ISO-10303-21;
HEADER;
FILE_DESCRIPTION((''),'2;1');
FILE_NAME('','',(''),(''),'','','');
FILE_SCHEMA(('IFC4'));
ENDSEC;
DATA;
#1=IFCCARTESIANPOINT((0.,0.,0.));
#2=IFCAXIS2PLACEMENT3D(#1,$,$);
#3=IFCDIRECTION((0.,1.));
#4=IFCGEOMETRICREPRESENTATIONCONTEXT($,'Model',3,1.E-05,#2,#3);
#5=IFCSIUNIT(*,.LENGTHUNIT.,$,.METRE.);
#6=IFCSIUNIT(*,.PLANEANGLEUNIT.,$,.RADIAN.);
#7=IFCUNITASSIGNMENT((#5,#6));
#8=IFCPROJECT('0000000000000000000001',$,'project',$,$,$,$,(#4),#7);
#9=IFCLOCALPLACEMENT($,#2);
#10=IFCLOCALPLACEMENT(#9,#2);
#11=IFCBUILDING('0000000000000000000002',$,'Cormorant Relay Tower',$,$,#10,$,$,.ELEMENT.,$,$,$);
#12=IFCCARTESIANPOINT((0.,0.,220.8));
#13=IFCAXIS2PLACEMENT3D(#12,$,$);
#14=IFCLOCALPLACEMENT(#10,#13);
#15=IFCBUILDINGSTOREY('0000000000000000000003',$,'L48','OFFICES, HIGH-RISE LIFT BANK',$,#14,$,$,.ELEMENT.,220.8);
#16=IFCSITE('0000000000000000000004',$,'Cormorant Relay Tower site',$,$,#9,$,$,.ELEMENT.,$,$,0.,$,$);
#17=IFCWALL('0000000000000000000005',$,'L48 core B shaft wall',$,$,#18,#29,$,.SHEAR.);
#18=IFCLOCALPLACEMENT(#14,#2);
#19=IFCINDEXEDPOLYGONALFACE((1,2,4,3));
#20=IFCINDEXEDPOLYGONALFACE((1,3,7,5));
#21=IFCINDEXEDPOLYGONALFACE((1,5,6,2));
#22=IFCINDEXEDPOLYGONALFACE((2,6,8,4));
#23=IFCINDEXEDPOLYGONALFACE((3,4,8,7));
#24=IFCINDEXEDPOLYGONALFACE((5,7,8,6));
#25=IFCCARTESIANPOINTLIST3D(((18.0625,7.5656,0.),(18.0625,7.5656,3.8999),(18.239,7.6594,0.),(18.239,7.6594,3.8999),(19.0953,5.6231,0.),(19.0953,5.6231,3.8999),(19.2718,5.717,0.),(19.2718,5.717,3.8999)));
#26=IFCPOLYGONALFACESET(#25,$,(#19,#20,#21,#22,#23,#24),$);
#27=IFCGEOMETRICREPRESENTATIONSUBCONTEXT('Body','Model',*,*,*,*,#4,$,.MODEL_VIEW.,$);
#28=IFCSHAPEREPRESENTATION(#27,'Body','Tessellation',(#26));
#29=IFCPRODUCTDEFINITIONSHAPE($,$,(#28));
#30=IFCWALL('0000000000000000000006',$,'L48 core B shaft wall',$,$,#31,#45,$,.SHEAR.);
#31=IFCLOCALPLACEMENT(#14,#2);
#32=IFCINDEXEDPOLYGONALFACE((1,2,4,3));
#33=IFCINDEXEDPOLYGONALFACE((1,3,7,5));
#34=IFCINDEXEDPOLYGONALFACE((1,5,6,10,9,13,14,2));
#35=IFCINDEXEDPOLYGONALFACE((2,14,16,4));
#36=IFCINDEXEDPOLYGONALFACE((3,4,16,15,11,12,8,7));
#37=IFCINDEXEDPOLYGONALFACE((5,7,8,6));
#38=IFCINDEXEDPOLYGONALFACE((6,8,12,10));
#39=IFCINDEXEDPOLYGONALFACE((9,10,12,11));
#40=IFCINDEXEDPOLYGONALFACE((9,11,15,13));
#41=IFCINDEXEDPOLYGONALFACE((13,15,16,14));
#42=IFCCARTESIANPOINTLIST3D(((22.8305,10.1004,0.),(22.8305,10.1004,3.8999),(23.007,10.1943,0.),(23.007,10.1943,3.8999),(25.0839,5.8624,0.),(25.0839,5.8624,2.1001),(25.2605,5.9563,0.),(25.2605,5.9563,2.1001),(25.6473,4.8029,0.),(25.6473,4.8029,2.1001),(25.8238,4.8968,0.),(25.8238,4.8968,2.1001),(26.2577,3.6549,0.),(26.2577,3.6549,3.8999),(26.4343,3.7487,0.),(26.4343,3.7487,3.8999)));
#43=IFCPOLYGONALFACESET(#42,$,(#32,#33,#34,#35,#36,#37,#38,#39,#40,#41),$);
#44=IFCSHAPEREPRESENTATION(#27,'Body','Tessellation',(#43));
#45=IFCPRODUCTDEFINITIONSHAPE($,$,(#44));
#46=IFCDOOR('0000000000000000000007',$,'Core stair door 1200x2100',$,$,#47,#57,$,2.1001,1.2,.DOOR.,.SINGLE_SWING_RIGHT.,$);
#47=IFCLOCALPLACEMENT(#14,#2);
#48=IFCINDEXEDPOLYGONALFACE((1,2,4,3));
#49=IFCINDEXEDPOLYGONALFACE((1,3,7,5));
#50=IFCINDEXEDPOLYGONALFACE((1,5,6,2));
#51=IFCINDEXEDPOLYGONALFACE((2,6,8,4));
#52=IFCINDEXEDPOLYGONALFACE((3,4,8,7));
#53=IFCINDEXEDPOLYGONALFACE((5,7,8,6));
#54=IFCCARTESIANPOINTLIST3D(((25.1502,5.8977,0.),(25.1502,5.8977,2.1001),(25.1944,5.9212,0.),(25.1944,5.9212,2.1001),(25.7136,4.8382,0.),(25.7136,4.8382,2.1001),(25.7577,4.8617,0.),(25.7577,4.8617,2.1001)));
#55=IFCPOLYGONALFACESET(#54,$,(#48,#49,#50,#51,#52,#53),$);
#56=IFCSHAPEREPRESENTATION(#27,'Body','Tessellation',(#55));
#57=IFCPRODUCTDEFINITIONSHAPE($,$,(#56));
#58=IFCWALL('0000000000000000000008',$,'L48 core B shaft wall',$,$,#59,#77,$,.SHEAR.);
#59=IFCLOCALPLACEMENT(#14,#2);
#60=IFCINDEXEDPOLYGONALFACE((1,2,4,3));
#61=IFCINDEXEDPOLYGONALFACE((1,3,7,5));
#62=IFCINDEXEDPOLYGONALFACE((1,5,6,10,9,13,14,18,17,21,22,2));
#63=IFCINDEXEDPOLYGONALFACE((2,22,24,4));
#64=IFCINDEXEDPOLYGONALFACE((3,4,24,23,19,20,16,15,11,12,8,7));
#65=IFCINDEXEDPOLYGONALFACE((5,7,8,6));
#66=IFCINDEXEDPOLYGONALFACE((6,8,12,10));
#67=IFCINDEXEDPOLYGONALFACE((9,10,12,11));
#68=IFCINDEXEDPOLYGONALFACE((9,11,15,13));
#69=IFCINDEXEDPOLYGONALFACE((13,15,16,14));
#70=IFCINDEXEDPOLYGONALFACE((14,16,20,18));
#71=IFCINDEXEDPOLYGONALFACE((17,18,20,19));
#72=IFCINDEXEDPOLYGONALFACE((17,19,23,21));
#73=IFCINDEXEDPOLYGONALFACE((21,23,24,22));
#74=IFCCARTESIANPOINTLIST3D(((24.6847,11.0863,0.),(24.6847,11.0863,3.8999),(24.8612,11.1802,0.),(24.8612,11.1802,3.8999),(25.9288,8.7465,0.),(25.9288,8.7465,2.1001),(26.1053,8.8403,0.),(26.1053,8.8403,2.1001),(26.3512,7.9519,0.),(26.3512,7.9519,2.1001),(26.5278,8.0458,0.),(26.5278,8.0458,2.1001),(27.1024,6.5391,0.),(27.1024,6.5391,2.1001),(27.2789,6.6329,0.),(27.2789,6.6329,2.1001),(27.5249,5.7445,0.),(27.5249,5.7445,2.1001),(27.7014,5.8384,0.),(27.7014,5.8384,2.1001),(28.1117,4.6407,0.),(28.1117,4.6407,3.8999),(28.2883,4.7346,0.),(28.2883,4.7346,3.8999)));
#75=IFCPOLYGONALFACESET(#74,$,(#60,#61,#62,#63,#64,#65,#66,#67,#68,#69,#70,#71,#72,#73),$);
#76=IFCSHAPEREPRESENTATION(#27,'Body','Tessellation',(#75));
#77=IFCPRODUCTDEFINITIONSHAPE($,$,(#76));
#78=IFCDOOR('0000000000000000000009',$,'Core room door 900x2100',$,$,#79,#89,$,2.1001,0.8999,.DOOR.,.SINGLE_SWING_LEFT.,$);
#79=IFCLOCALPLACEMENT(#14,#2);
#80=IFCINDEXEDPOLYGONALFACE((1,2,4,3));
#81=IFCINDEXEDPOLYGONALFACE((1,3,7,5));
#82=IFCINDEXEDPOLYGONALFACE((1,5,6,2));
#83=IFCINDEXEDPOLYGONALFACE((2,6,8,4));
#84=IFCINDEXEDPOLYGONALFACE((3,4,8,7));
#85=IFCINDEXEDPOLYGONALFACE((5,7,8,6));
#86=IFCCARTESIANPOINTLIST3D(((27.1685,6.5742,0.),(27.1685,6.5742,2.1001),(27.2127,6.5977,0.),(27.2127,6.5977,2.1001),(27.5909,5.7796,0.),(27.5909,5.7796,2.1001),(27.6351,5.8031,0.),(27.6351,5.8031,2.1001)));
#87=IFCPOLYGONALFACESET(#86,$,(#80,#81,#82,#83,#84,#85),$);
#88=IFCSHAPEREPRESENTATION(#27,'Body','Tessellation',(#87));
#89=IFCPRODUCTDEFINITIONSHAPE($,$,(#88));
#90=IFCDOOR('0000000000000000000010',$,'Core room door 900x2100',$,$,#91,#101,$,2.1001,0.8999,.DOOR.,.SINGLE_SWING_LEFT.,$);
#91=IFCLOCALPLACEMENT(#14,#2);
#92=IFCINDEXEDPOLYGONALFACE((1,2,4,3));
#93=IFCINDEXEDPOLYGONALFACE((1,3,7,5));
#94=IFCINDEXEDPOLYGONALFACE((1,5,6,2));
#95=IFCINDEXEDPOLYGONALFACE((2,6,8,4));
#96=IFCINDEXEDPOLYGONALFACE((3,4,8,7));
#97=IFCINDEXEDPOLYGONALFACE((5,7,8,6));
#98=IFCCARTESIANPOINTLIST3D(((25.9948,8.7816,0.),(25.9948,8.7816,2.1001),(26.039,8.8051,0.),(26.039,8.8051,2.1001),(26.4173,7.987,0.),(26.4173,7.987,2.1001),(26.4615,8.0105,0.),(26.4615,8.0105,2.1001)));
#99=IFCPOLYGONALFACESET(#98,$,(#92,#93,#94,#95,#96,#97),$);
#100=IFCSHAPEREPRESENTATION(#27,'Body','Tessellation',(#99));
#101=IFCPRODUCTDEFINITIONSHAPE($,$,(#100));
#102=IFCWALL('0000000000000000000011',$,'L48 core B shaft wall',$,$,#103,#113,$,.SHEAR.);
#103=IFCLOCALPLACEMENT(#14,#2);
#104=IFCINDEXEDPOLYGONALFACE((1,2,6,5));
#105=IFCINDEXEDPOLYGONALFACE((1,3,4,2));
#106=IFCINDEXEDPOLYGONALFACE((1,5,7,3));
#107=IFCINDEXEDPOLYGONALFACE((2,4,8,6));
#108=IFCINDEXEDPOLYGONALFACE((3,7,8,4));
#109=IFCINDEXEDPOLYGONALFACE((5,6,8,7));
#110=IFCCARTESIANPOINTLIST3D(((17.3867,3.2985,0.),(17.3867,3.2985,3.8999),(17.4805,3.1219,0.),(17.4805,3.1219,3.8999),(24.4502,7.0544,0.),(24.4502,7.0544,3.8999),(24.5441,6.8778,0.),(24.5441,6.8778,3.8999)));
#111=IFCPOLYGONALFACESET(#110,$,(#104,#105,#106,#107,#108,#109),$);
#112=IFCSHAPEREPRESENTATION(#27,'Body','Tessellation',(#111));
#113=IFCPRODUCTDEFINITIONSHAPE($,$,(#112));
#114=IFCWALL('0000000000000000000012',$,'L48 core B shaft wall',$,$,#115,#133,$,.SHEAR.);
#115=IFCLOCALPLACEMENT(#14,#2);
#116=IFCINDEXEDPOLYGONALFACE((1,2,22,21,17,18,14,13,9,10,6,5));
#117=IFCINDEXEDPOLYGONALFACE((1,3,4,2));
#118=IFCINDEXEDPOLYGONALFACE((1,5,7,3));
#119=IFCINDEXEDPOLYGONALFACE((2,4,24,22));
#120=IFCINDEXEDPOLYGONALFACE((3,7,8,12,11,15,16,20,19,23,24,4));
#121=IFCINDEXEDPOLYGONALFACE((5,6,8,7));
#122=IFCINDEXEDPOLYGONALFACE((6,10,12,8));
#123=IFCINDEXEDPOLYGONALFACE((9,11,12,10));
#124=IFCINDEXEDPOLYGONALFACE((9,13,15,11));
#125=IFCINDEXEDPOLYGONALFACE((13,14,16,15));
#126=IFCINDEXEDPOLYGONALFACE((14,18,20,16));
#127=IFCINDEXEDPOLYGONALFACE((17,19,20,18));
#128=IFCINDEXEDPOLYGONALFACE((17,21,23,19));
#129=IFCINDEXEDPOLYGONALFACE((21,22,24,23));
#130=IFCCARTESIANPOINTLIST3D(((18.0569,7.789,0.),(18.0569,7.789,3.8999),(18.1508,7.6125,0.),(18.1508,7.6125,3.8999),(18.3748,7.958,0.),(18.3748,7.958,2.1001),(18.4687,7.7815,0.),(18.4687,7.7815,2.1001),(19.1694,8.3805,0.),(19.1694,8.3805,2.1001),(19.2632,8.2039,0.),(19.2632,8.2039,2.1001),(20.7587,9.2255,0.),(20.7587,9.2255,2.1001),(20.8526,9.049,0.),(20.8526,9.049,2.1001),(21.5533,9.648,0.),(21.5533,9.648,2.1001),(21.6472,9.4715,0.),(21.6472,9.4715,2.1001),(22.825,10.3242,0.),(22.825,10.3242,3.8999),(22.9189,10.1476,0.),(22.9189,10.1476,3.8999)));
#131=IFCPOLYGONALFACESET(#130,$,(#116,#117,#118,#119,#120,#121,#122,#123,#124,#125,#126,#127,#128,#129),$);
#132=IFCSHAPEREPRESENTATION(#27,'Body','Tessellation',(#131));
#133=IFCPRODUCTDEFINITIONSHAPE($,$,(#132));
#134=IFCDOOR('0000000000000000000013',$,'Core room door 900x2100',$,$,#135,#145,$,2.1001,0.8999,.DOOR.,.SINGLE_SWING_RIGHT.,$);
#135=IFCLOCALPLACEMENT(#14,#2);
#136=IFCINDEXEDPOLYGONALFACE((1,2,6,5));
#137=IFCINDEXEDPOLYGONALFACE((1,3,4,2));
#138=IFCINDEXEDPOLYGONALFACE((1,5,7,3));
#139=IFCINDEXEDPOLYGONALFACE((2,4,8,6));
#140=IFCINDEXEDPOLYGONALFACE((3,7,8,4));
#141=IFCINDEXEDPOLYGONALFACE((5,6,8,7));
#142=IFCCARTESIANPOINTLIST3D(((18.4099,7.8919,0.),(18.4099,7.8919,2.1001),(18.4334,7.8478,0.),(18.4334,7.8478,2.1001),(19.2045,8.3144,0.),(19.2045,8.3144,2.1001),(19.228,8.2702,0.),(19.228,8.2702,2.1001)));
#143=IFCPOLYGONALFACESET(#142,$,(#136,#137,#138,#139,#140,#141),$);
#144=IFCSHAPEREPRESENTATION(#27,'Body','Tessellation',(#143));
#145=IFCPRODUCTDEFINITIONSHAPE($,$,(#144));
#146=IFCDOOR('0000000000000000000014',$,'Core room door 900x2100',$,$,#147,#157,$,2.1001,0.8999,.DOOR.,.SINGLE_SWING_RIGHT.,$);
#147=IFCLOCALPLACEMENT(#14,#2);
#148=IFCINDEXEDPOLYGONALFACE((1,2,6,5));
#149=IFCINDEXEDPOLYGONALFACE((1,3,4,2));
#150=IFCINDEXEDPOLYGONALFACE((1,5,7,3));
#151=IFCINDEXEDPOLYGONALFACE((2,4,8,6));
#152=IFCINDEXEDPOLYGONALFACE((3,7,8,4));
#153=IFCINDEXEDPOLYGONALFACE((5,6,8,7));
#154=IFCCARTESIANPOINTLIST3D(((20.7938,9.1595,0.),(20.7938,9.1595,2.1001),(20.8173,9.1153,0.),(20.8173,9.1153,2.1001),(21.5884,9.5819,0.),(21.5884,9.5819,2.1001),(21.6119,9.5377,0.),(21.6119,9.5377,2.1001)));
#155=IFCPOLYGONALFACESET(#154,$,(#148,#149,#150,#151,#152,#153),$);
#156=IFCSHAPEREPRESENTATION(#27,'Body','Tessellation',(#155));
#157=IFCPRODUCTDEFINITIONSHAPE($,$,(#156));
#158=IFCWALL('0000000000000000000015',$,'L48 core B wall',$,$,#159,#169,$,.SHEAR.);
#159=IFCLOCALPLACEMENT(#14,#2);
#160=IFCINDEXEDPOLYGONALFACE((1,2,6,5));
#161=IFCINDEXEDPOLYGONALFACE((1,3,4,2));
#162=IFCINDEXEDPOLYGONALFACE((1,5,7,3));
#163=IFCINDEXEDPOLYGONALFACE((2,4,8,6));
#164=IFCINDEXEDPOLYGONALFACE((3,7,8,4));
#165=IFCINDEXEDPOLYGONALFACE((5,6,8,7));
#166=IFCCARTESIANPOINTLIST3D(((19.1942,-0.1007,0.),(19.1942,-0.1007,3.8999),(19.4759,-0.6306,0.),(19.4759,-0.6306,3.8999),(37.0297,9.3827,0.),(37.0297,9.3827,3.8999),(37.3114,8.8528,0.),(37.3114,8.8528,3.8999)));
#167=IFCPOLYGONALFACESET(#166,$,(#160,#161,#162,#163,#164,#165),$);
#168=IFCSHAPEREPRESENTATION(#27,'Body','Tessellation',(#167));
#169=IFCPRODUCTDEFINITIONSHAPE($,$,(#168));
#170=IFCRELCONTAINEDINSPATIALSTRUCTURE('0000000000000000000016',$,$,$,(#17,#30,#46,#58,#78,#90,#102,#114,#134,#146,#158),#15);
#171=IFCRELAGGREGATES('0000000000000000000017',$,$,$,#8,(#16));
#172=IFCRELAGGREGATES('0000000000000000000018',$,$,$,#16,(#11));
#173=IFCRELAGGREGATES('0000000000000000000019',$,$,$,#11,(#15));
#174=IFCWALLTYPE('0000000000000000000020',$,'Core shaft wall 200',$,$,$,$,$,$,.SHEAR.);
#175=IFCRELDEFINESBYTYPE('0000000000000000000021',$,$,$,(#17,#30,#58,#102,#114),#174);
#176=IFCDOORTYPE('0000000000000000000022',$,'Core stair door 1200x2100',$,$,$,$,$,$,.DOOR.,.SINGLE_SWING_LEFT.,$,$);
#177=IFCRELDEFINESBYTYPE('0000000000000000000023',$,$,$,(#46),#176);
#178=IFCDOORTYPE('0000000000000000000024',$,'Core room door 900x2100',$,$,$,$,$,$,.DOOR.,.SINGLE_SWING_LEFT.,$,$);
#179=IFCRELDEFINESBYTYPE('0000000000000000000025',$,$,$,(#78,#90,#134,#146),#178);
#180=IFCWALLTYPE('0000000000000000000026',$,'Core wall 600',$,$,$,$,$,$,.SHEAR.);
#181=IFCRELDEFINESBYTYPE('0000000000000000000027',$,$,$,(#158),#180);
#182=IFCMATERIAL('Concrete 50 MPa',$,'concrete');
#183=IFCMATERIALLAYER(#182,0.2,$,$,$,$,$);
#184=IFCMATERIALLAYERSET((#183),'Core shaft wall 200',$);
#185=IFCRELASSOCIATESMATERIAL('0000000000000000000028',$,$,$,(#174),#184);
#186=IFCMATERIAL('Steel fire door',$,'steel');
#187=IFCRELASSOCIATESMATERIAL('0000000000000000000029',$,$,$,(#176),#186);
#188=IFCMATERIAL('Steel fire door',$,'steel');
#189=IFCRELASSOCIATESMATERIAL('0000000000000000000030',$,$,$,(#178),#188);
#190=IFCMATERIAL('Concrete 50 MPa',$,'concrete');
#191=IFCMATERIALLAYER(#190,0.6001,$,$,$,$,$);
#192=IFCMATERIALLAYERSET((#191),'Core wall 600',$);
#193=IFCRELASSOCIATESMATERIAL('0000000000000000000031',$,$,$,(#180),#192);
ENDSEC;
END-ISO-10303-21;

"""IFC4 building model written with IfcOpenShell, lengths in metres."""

from ifc_helpers import new_model, si_unit, direction, frame, frame_2d, origin, place, context, subcontext, project, spatial, rectangle, extrude, material, layer, layer_set, type_object, element, fill, save


model = new_model("IFC4")

# Units and contexts
model_context = context("Model", 3, precision=1e-05, world=origin(), true_north=direction((0.0, 1.0)))
body_context = subcontext(model_context, "Body", "Model", "MODEL_VIEW")
ifc_project = project(units=[si_unit("LENGTHUNIT", "METRE"), si_unit("PLANEANGLEUNIT", "RADIAN")], contexts=[model_context])

# Site, building, storey
site_placement = place(None, origin())
site = spatial("IfcSite", under=ifc_project, at=site_placement, Name="Cormorant Relay Tower site", CompositionType="ELEMENT", RefElevation=0.0)
building_placement = place(site_placement, origin())
building = spatial("IfcBuilding", under=site, at=building_placement, Name="Cormorant Relay Tower", CompositionType="ELEMENT")
storey_placement = place(building_placement, frame((0.0, 0.0, 220.8)))
storey = spatial("IfcBuildingStorey", under=building, at=storey_placement, Name="L48", Description="OFFICES, HIGH-RISE LIFT BANK", CompositionType="ELEMENT", Elevation=220.8)

# Wall
ifc_material_1 = material(Name="Concrete 50 MPa", Category="concrete")
ifc_layer_1 = layer(ifc_material_1, 0.2)
ifc_layer_set_1 = layer_set([ifc_layer_1], Name="Core shaft wall 200")
wall_type_1 = type_object("IfcWallType", Name="Core shaft wall 200", PredefinedType="SHEAR", material=ifc_layer_set_1)
wall_1_placement = place(storey_placement, frame((19.1836, 5.6699, 0.0), z_axis=(0.0, 0.0, 1.0), x_axis=(-0.469447, 0.88296, 0.0)))
element("IfcWall", 1, at=wall_1_placement, inside=storey, type_object=wall_type_1, Name="L48 core B shaft wall", PredefinedType="SHEAR", context=body_context, shape_type="SweptSolid", body=[
    extrude(rectangle(XDim=2.2, YDim=0.2, at=frame_2d((1.1001, 0.0))), origin(), (0.0, 0.0, 1.0), 3.8999),
])

# Wall, opening, door
wall_2_placement = place(storey_placement, frame((26.3459, 3.7019, 0.0), z_axis=(0.0, 0.0, 1.0), x_axis=(-0.46948, 0.882943, 0.0)))
wall_2 = element("IfcWall", 2, at=wall_2_placement, inside=storey, type_object=wall_type_1, Name="L48 core B shaft wall", PredefinedType="SHEAR", context=body_context, shape_type="SweptSolid", body=[
    extrude(rectangle(XDim=7.3, YDim=0.2, at=frame_2d((3.6499, 0.0))), origin(), (0.0, 0.0, 1.0), 3.8999),
])
opening_1_placement = place(wall_2_placement, frame((1.3, 0.0, 0.0)))
opening_1 = element("IfcOpeningElement", 3, at=opening_1_placement, cuts=wall_2, PredefinedType="OPENING", context=body_context, shape_type="SweptSolid", body=[
    extrude(rectangle(XDim=1.2, YDim=2.1001, at=frame_2d((0.6001, 1.05))), frame((0.0, 0.1099, 0.0), z_axis=(0.0, -1.0, 0.0), x_axis=(1.0, 0.0, 0.0)), (0.0, 0.0, 1.0), 0.22),
])
ifc_material_2 = material(Name="Steel fire door", Category="steel")
door_type_1 = type_object("IfcDoorType", Name="Core stair door 1200x2100", OperationType="SINGLE_SWING_LEFT", PredefinedType="DOOR", material=ifc_material_2)
door_1_placement = place(opening_1_placement, origin())
door_1 = element("IfcDoor", 4, at=door_1_placement, inside=storey, type_object=door_type_1, Name="Core stair door 1200x2100", OperationType="SINGLE_SWING_RIGHT", OverallHeight=2.1001, OverallWidth=1.2, PredefinedType="DOOR", context=body_context, shape_type="SweptSolid", body=[
    extrude(rectangle(XDim=1.2, YDim=2.1001, at=frame_2d((0.6001, 1.05))), frame((0.0, 0.0249, 0.0), z_axis=(0.0, -1.0, 0.0), x_axis=(1.0, 0.0, 0.0)), (0.0, 0.0, 1.0), 0.05),
])
fill(opening_1, door_1)

# Wall, openings, doors
wall_3_placement = place(storey_placement, frame((28.2, 4.6877, 0.0), z_axis=(0.0, 0.0, 1.0), x_axis=(-0.469454, 0.882957, 0.0)))
wall_3 = element("IfcWall", 5, at=wall_3_placement, inside=storey, type_object=wall_type_1, Name="L48 core B shaft wall", PredefinedType="SHEAR", context=body_context, shape_type="SweptSolid", body=[
    extrude(rectangle(XDim=7.3, YDim=0.2, at=frame_2d((3.6499, 0.0))), origin(), (0.0, 0.0, 1.0), 3.8999),
])
opening_2_placement = place(wall_3_placement, frame((1.25, 0.0, 0.0)))
opening_2 = element("IfcOpeningElement", 6, at=opening_2_placement, cuts=wall_3, PredefinedType="OPENING", context=body_context, shape_type="SweptSolid", body=[
    extrude(rectangle(XDim=0.8999, YDim=2.1001, at=frame_2d((0.45, 1.05))), frame((0.0, 0.1099, 0.0), z_axis=(0.0, -1.0, 0.0), x_axis=(1.0, 0.0, 0.0)), (0.0, 0.0, 1.0), 0.22),
])
opening_3_placement = place(wall_3_placement, frame((3.75, 0.0, 0.0)))
opening_3 = element("IfcOpeningElement", 7, at=opening_3_placement, cuts=wall_3, PredefinedType="OPENING", context=body_context, shape_type="SweptSolid", body=[
    extrude(rectangle(XDim=0.8999, YDim=2.1001, at=frame_2d((0.45, 1.05))), frame((0.0, 0.1099, 0.0), z_axis=(0.0, -1.0, 0.0), x_axis=(1.0, 0.0, 0.0)), (0.0, 0.0, 1.0), 0.22),
])
ifc_material_3 = material(Name="Steel fire door", Category="steel")
door_type_2 = type_object("IfcDoorType", Name="Core room door 900x2100", OperationType="SINGLE_SWING_LEFT", PredefinedType="DOOR", material=ifc_material_3)
door_2_placement = place(opening_2_placement, frame((0.8999, 0.0, 0.0), z_axis=(0.0, 0.0, 1.0), x_axis=(-1.0, 0.0, 0.0)))
door_2 = element("IfcDoor", 8, at=door_2_placement, inside=storey, type_object=door_type_2, Name="Core room door 900x2100", OperationType="SINGLE_SWING_LEFT", OverallHeight=2.1001, OverallWidth=0.8999, PredefinedType="DOOR", context=body_context, shape_type="SweptSolid", body=[
    extrude(rectangle(XDim=0.8999, YDim=2.1001, at=frame_2d((0.45, 1.05))), frame((0.0, 0.0249, 0.0), z_axis=(0.0, -1.0, 0.0), x_axis=(1.0, 0.0, 0.0)), (0.0, 0.0, 1.0), 0.05),
])
fill(opening_2, door_2)
door_3_placement = place(opening_3_placement, frame((0.8999, 0.0, 0.0), z_axis=(0.0, 0.0, 1.0), x_axis=(-1.0, 0.0, 0.0)))
door_3 = element("IfcDoor", 9, at=door_3_placement, inside=storey, type_object=door_type_2, Name="Core room door 900x2100", OperationType="SINGLE_SWING_LEFT", OverallHeight=2.1001, OverallWidth=0.8999, PredefinedType="DOOR", context=body_context, shape_type="SweptSolid", body=[
    extrude(rectangle(XDim=0.8999, YDim=2.1001, at=frame_2d((0.45, 1.05))), frame((0.0, 0.0249, 0.0), z_axis=(0.0, -1.0, 0.0), x_axis=(1.0, 0.0, 0.0)), (0.0, 0.0, 1.0), 0.05),
])
fill(opening_3, door_3)

# Wall
wall_4_placement = place(storey_placement, frame((17.4336, 3.2102, 0.0), z_axis=(0.0, 0.0, 1.0), x_axis=(0.88294, 0.469485, 0.0)))
element("IfcWall", 10, at=wall_4_placement, inside=storey, type_object=wall_type_1, Name="L48 core B shaft wall", PredefinedType="SHEAR", context=body_context, shape_type="SweptSolid", body=[
    extrude(rectangle(XDim=8.0, YDim=0.2, at=frame_2d((4.0, 0.0))), origin(), (0.0, 0.0, 1.0), 3.8999),
])

# Wall, openings, doors
wall_5_placement = place(storey_placement, frame((18.1038, 7.7007, 0.0), z_axis=(0.0, 0.0, 1.0), x_axis=(0.882953, 0.469462, 0.0)))
wall_5 = element("IfcWall", 11, at=wall_5_placement, inside=storey, type_object=wall_type_1, Name="L48 core B shaft wall", PredefinedType="SHEAR", context=body_context, shape_type="SweptSolid", body=[
    extrude(rectangle(XDim=5.4001, YDim=0.2, at=frame_2d((2.7002, 0.0))), origin(), (0.0, 0.0, 1.0), 3.8999),
])
opening_4_placement = place(wall_5_placement, frame((0.3601, 0.0, 0.0)))
opening_4 = element("IfcOpeningElement", 12, at=opening_4_placement, cuts=wall_5, PredefinedType="OPENING", context=body_context, shape_type="SweptSolid", body=[
    extrude(rectangle(XDim=0.8999, YDim=2.1001, at=frame_2d((0.45, 1.05))), frame((0.0, 0.1099, 0.0), z_axis=(0.0, -1.0, 0.0), x_axis=(1.0, 0.0, 0.0)), (0.0, 0.0, 1.0), 0.22),
])
opening_5_placement = place(wall_5_placement, frame((3.0601, 0.0, 0.0)))
opening_5 = element("IfcOpeningElement", 13, at=opening_5_placement, cuts=wall_5, PredefinedType="OPENING", context=body_context, shape_type="SweptSolid", body=[
    extrude(rectangle(XDim=0.8999, YDim=2.1001, at=frame_2d((0.45, 1.05))), frame((0.0, 0.1099, 0.0), z_axis=(0.0, -1.0, 0.0), x_axis=(1.0, 0.0, 0.0)), (0.0, 0.0, 1.0), 0.22),
])
door_4_placement = place(opening_4_placement, frame((0.8999, 0.0, 0.0), z_axis=(0.0, 0.0, 1.0), x_axis=(-1.0, 0.0, 0.0)))
door_4 = element("IfcDoor", 14, at=door_4_placement, inside=storey, type_object=door_type_2, Name="Core room door 900x2100", OperationType="SINGLE_SWING_RIGHT", OverallHeight=2.1001, OverallWidth=0.8999, PredefinedType="DOOR", context=body_context, shape_type="SweptSolid", body=[
    extrude(rectangle(XDim=0.8999, YDim=2.1001, at=frame_2d((0.45, 1.05))), frame((0.0, 0.0249, 0.0), z_axis=(0.0, -1.0, 0.0), x_axis=(1.0, 0.0, 0.0)), (0.0, 0.0, 1.0), 0.05),
])
fill(opening_4, door_4)
door_5_placement = place(opening_5_placement, frame((0.8999, 0.0, 0.0), z_axis=(0.0, 0.0, 1.0), x_axis=(-1.0, 0.0, 0.0)))
door_5 = element("IfcDoor", 15, at=door_5_placement, inside=storey, type_object=door_type_2, Name="Core room door 900x2100", OperationType="SINGLE_SWING_RIGHT", OverallHeight=2.1001, OverallWidth=0.8999, PredefinedType="DOOR", context=body_context, shape_type="SweptSolid", body=[
    extrude(rectangle(XDim=0.8999, YDim=2.1001, at=frame_2d((0.45, 1.05))), frame((0.0, 0.0249, 0.0), z_axis=(0.0, -1.0, 0.0), x_axis=(1.0, 0.0, 0.0)), (0.0, 0.0, 1.0), 0.05),
])
fill(opening_5, door_5)

# Shared definitions
ifc_material_4 = material(Name="Concrete 50 MPa", Category="concrete")
ifc_layer_2 = layer(ifc_material_4, 0.6001)
ifc_layer_set_2 = layer_set([ifc_layer_2], Name="Core wall 600")
wall_type_2 = type_object("IfcWallType", Name="Core wall 600", PredefinedType="SHEAR", material=ifc_layer_set_2)

# Wall
wall_6_placement = place(storey_placement, frame((19.335, -0.3657, 0.0), z_axis=(0.0, 0.0, 1.0), x_axis=(0.882945, 0.469476, 0.0)))
element("IfcWall", 16, at=wall_6_placement, inside=storey, type_object=wall_type_2, Name="L48 core B wall", PredefinedType="SHEAR", context=body_context, shape_type="SweptSolid", body=[
    extrude(rectangle(XDim=20.2, YDim=0.6001, at=frame_2d((10.1001, 0.0))), origin(), (0.0, 0.0, 1.0), 3.8999),
])

save(model, "model.ifc")
